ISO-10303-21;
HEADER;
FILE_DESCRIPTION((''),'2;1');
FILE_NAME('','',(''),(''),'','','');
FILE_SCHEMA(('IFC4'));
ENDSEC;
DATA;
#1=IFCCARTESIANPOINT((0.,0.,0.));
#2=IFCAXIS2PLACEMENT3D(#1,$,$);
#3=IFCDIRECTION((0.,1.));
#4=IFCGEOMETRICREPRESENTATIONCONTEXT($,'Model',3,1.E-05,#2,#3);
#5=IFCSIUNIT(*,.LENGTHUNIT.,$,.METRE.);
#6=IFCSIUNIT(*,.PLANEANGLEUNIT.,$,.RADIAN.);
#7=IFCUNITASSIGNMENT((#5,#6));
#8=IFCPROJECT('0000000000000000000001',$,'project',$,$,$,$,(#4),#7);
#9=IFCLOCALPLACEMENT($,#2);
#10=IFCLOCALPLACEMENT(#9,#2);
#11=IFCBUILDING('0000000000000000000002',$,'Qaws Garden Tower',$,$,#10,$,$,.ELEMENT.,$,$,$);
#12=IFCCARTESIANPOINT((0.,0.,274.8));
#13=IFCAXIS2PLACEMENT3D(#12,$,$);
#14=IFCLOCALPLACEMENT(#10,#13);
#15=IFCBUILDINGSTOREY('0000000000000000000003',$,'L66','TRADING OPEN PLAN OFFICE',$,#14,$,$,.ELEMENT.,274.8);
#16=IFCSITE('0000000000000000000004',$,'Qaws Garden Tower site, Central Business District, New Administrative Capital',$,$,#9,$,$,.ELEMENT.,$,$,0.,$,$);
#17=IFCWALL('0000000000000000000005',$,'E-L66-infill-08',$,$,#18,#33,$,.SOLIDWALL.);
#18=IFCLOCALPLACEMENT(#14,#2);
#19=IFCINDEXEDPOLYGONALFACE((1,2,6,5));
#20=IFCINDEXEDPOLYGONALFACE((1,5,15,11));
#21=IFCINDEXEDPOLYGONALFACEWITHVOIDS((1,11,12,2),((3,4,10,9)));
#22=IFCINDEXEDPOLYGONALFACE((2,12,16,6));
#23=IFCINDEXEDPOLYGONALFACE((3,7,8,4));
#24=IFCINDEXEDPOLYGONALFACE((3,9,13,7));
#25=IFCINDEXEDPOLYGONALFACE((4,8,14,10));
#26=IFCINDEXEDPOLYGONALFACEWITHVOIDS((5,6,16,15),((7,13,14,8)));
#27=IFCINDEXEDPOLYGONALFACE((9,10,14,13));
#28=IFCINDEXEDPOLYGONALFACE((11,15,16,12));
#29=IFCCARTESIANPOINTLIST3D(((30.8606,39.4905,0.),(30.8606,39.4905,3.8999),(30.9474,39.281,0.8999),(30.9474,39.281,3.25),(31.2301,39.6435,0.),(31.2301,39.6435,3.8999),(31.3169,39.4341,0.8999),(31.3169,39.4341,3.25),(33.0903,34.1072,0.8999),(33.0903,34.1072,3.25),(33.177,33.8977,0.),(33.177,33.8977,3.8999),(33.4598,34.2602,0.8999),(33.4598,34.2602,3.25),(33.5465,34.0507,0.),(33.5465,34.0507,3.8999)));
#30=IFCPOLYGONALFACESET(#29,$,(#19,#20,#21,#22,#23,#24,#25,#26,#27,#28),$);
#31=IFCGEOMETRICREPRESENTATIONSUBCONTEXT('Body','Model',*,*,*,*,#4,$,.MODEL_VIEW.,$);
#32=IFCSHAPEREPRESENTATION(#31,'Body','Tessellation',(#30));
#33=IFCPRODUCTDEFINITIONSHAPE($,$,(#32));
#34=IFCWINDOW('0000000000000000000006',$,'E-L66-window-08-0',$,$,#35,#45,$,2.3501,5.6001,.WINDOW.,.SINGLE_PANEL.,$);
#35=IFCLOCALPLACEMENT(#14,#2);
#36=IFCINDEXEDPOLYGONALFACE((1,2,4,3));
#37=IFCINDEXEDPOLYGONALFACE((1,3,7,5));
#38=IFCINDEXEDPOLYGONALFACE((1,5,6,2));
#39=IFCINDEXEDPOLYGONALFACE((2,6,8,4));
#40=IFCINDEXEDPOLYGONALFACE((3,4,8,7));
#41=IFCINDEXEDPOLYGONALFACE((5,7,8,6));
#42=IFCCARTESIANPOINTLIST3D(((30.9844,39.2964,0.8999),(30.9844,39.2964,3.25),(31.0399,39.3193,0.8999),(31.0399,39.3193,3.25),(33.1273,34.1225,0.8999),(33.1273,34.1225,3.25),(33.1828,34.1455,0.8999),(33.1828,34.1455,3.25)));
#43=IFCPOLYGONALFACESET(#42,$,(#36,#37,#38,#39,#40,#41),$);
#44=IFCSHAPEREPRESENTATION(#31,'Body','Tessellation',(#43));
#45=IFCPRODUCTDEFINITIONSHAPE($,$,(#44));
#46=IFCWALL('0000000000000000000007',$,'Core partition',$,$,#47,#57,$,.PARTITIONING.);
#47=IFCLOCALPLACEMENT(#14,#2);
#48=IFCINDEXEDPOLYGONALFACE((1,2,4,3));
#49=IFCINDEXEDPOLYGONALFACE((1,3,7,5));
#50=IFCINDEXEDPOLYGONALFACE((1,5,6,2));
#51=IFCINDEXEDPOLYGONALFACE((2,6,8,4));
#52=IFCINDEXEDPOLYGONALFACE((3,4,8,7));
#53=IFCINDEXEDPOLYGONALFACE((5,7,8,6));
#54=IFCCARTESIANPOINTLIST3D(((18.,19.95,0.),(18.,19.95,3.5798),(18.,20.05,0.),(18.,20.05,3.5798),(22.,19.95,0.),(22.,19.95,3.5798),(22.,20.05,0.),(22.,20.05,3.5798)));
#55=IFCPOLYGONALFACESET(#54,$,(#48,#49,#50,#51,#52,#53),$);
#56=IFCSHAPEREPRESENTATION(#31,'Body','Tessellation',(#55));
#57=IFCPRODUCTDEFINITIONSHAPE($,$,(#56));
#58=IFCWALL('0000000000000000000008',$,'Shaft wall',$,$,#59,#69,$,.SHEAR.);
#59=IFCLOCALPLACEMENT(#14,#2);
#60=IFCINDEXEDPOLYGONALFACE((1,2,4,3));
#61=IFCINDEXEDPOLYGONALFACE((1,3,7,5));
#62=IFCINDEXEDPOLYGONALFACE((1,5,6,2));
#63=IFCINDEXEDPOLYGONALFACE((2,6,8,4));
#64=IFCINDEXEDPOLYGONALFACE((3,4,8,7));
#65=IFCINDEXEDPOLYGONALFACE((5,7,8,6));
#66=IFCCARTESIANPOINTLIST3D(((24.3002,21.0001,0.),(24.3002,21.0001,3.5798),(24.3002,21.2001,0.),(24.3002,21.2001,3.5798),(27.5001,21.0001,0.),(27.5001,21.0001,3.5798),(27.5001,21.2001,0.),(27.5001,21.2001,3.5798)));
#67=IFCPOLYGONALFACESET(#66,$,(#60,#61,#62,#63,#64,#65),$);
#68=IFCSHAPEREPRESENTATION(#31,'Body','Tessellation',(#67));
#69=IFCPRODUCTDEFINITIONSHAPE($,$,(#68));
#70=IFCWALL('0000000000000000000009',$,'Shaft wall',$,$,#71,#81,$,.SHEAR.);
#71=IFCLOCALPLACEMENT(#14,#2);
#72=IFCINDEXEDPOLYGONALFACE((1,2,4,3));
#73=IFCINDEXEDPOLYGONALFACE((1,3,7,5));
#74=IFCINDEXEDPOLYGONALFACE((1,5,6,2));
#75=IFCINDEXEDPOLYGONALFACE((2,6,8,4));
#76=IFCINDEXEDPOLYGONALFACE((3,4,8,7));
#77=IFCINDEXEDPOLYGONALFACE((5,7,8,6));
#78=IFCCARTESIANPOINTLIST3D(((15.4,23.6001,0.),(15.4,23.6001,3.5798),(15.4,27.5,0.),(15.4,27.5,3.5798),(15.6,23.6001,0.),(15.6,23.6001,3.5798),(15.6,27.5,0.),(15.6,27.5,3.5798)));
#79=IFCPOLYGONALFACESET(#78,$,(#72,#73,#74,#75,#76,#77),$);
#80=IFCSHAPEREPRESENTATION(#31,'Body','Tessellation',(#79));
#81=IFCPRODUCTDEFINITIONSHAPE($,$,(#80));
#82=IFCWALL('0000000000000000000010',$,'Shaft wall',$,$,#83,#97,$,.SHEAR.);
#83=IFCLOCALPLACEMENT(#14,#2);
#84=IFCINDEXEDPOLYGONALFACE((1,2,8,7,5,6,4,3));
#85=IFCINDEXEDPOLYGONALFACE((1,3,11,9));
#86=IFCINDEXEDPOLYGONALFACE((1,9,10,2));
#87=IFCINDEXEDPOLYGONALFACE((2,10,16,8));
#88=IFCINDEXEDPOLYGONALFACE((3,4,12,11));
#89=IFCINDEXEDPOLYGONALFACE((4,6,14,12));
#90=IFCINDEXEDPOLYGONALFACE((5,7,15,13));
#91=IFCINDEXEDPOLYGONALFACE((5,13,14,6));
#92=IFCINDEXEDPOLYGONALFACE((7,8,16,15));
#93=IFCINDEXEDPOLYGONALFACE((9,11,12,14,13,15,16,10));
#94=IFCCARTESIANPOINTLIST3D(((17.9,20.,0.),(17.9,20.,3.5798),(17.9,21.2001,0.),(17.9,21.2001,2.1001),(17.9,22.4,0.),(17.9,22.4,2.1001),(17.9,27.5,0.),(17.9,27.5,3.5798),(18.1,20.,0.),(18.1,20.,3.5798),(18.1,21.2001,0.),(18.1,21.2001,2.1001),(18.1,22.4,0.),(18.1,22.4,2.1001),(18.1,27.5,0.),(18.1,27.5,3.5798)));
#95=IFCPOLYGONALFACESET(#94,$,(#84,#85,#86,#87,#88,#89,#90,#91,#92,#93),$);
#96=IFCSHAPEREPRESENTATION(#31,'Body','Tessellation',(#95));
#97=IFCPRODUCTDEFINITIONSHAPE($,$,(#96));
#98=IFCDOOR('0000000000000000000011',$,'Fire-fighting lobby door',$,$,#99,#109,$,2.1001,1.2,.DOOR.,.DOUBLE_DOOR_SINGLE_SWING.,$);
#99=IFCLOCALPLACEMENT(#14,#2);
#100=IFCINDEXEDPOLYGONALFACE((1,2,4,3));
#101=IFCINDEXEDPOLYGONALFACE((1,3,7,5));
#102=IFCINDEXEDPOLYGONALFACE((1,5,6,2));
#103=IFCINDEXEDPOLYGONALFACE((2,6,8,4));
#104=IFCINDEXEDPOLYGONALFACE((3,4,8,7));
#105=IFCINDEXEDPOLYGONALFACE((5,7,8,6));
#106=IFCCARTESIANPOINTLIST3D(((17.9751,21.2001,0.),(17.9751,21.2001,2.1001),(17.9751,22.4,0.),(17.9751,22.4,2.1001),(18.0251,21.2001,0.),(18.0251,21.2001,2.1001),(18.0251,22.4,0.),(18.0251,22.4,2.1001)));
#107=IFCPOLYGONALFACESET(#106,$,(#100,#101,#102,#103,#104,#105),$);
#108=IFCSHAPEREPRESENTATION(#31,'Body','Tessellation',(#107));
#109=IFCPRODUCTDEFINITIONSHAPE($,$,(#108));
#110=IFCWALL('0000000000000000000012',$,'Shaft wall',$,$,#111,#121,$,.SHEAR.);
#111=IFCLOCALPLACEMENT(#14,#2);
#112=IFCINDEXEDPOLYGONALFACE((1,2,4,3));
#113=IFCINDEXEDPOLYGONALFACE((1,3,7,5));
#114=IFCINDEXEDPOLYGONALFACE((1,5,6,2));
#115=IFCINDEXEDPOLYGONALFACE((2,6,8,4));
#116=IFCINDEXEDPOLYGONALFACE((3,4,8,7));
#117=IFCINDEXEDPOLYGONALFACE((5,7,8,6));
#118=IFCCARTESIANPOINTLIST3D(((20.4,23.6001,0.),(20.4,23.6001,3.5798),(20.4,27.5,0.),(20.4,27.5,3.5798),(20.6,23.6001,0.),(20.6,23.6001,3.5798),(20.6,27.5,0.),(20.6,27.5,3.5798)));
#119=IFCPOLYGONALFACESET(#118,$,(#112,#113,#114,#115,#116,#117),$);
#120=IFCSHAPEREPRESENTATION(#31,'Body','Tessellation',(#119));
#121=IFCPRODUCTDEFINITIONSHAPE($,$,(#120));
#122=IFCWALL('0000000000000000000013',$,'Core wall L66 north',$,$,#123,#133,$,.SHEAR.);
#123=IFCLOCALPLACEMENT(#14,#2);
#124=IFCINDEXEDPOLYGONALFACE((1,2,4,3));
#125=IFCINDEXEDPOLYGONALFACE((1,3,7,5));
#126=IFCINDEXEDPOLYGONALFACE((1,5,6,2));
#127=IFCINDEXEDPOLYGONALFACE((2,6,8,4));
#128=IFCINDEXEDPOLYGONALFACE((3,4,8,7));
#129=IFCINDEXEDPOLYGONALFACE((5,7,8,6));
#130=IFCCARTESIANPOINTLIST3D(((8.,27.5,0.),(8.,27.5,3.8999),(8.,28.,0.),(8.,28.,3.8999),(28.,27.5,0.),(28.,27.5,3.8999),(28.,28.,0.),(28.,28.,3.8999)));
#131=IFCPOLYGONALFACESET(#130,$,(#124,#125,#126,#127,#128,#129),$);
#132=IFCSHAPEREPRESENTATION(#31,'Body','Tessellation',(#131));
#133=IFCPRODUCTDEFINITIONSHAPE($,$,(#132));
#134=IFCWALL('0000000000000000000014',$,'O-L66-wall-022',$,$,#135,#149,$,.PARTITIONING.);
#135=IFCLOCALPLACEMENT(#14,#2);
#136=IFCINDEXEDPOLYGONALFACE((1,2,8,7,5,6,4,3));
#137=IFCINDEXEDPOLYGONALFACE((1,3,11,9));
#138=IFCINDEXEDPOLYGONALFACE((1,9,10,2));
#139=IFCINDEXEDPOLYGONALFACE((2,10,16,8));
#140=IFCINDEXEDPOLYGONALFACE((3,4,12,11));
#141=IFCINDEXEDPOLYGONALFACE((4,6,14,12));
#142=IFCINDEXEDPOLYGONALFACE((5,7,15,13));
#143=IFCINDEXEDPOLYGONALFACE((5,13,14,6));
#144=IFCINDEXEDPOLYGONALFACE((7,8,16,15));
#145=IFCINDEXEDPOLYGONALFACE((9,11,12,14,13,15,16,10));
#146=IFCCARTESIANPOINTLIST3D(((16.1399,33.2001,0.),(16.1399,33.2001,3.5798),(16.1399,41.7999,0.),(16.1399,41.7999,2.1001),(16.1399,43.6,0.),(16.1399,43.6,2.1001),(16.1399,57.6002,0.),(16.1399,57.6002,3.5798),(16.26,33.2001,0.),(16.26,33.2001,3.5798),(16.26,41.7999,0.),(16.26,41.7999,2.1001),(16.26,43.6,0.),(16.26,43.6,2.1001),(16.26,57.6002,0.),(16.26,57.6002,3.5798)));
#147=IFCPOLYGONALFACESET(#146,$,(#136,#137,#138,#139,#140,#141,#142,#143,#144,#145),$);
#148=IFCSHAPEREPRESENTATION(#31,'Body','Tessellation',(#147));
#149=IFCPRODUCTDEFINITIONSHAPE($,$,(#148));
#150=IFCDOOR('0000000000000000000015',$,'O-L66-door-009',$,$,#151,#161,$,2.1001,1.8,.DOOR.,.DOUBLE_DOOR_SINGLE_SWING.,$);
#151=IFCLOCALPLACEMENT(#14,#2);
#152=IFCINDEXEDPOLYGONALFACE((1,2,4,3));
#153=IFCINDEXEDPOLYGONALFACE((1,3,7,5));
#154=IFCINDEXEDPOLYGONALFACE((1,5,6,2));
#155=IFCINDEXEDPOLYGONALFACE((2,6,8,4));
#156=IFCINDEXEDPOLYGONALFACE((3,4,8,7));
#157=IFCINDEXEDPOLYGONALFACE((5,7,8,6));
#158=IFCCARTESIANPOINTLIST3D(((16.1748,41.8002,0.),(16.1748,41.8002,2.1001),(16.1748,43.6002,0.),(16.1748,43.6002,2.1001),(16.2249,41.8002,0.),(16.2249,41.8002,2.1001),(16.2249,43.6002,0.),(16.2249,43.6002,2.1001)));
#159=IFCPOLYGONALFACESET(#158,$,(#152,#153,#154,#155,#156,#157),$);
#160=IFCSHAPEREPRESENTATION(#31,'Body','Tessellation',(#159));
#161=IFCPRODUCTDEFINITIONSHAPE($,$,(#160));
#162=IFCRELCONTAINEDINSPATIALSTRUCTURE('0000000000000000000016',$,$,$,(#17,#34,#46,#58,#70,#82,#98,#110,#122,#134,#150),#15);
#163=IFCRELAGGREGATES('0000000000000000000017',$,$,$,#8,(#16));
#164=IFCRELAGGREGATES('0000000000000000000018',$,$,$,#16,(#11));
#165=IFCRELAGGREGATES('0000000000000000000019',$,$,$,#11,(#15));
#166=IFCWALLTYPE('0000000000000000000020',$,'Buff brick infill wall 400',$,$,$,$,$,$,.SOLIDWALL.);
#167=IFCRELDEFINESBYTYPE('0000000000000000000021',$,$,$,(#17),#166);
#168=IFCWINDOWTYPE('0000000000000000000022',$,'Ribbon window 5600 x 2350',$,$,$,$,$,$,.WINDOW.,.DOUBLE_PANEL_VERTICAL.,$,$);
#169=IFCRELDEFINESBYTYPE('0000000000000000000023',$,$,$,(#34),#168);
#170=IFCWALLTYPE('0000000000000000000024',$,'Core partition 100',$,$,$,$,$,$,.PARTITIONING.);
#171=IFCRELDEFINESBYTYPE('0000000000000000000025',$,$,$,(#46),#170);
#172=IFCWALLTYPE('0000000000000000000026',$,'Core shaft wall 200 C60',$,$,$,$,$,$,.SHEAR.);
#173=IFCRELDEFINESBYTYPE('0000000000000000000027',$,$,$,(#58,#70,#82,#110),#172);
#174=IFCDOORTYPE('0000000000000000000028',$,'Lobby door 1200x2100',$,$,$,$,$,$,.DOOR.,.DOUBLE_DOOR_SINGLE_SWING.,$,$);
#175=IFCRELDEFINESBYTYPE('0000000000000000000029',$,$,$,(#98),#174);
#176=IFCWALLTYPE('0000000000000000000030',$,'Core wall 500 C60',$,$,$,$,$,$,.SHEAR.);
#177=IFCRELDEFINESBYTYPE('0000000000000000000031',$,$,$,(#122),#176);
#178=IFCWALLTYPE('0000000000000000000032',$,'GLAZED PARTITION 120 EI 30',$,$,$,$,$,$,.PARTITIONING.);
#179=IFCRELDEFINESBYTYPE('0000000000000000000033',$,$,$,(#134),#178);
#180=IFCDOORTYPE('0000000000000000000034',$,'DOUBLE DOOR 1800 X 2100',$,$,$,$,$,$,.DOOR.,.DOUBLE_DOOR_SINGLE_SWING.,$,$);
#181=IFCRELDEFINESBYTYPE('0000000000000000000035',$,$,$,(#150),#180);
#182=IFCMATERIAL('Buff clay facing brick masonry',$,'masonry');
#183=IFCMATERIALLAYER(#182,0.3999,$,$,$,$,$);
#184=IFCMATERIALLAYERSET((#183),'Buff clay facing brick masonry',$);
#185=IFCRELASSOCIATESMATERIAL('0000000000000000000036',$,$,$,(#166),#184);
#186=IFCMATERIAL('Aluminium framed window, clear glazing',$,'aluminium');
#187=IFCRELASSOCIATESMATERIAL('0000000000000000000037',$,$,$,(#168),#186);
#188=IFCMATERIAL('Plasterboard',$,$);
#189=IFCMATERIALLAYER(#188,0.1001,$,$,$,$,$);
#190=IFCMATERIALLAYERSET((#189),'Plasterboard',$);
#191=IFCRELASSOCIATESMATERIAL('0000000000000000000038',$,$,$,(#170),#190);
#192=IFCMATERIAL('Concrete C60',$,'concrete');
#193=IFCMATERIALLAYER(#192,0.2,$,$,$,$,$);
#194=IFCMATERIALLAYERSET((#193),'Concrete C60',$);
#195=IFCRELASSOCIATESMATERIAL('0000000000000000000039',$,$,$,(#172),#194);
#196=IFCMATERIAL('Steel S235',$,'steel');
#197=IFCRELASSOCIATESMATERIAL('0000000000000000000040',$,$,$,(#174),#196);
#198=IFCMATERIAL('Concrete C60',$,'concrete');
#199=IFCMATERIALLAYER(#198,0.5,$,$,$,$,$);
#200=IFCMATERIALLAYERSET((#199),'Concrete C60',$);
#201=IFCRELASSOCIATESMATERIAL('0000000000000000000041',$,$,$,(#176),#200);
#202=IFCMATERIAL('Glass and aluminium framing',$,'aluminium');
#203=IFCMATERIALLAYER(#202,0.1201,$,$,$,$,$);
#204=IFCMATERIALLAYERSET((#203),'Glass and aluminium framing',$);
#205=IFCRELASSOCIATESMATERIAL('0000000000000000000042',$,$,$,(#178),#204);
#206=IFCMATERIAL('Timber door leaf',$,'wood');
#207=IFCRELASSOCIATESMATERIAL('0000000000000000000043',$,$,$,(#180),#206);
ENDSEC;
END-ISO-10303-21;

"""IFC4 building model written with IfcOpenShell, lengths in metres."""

from ifc_helpers import new_model, si_unit, direction, frame, frame_2d, origin, place, context, subcontext, project, spatial, rectangle, extrude, material, layer, layer_set, type_object, element, fill, save


model = new_model("IFC4")

# Units and contexts
model_context = context("Model", 3, precision=1e-05, world=origin(), true_north=direction((0.0, 1.0)))
body_context = subcontext(model_context, "Body", "Model", "MODEL_VIEW")
ifc_project = project(units=[si_unit("LENGTHUNIT", "METRE"), si_unit("PLANEANGLEUNIT", "RADIAN")], contexts=[model_context])

# Site, building, storey
site_placement = place(None, origin())
site = spatial("IfcSite", under=ifc_project, at=site_placement, Name="Qaws Garden Tower site, Central Business District, New Administrative Capital", CompositionType="ELEMENT", RefElevation=0.0)
building_placement = place(site_placement, origin())
building = spatial("IfcBuilding", under=site, at=building_placement, Name="Qaws Garden Tower", CompositionType="ELEMENT")
storey_placement = place(building_placement, frame((0.0, 0.0, 274.8)))
storey = spatial("IfcBuildingStorey", under=building, at=storey_placement, Name="L66", Description="TRADING OPEN PLAN OFFICE", CompositionType="ELEMENT", Elevation=274.8)

# Wall, opening, window
ifc_material_1 = material(Name="Buff clay facing brick masonry", Category="masonry")
ifc_layer_1 = layer(ifc_material_1, 0.3999)
ifc_layer_set_1 = layer_set([ifc_layer_1], Name="Buff clay facing brick masonry")
wall_type_1 = type_object("IfcWallType", Name="Buff brick infill wall 400", PredefinedType="SOLIDWALL", material=ifc_layer_set_1)
ifc_material_2 = material(Name="Aluminium framed window, clear glazing", Category="aluminium")
window_type_1 = type_object("IfcWindowType", Name="Ribbon window 5600 x 2350", PartitioningType="DOUBLE_PANEL_VERTICAL", PredefinedType="WINDOW", material=ifc_material_2)
wall_1_placement = place(storey_placement, frame((33.3618, 33.9741, 0.0), z_axis=(0.0, 0.0, 1.0), x_axis=(-0.382656, 0.923891, 0.0)))
wall_1 = element("IfcWall", 1, at=wall_1_placement, inside=storey, type_object=wall_type_1, Name="E-L66-infill-08", PredefinedType="SOLIDWALL", context=body_context, shape_type="SweptSolid", body=[
    extrude(rectangle(XDim=6.0535, YDim=0.3999, at=frame_2d((3.0269, 0.0))), origin(), (0.0, 0.0, 1.0), 3.8999),
])
opening_1_placement = place(wall_1_placement, frame((0.2268, 0.0, 0.8999)))
opening_1 = element("IfcOpeningElement", 2, at=opening_1_placement, cuts=wall_1, PredefinedType="OPENING", context=body_context, shape_type="SweptSolid", body=[
    extrude(rectangle(XDim=5.6001, YDim=2.3501, at=frame_2d((2.8, 1.175))), frame((0.0, 0.21, 0.0), z_axis=(0.0, -1.0, 0.0), x_axis=(1.0, 0.0, 0.0)), (0.0, 0.0, 1.0), 0.4199),
])
window_1_placement = place(opening_1_placement, origin())
window_1 = element("IfcWindow", 3, at=window_1_placement, inside=storey, type_object=window_type_1, Name="E-L66-window-08-0", OverallHeight=2.3501, OverallWidth=5.6001, PartitioningType="SINGLE_PANEL", PredefinedType="WINDOW", context=body_context, shape_type="SweptSolid", body=[
    extrude(rectangle(XDim=5.6001, YDim=2.3501, at=frame_2d((2.8, 1.175))), frame((0.0, 0.1599, 0.0), z_axis=(0.0, -1.0, 0.0), x_axis=(1.0, 0.0, 0.0)), (0.0, 0.0, 1.0), 0.0601),
])
fill(opening_1, window_1)

# Walls
ifc_material_3 = material(Name="Plasterboard")
ifc_layer_2 = layer(ifc_material_3, 0.1001)
ifc_layer_set_2 = layer_set([ifc_layer_2], Name="Plasterboard")
wall_type_2 = type_object("IfcWallType", Name="Core partition 100", PredefinedType="PARTITIONING", material=ifc_layer_set_2)
wall_2_placement = place(storey_placement, frame((18.0, 20.0, 0.0), z_axis=(0.0, 0.0, 1.0), x_axis=(1.0, 0.0, 0.0)))
element("IfcWall", 4, at=wall_2_placement, inside=storey, type_object=wall_type_2, Name="Core partition", PredefinedType="PARTITIONING", context=body_context, shape_type="SweptSolid", body=[
    extrude(rectangle(XDim=4.0, YDim=0.1001, at=frame_2d((2.0, 0.0))), origin(), (0.0, 0.0, 1.0), 3.5798),
])
ifc_material_4 = material(Name="Concrete C60", Category="concrete")
ifc_layer_3 = layer(ifc_material_4, 0.2)
ifc_layer_set_3 = layer_set([ifc_layer_3], Name="Concrete C60")
wall_type_3 = type_object("IfcWallType", Name="Core shaft wall 200 C60", PredefinedType="SHEAR", material=ifc_layer_set_3)
wall_3_placement = place(storey_placement, frame((24.3, 21.1001, 0.0), z_axis=(0.0, 0.0, 1.0), x_axis=(1.0, 0.0, 0.0)))
element("IfcWall", 5, at=wall_3_placement, inside=storey, type_object=wall_type_3, Name="Shaft wall", PredefinedType="SHEAR", context=body_context, shape_type="SweptSolid", body=[
    extrude(rectangle(XDim=3.2, YDim=0.2, at=frame_2d((1.6001, 0.0))), origin(), (0.0, 0.0, 1.0), 3.5798),
])
wall_4_placement = place(storey_placement, frame((15.5, 23.6001, 0.0), z_axis=(0.0, 0.0, 1.0), x_axis=(0.0, 1.0, 0.0)))
element("IfcWall", 6, at=wall_4_placement, inside=storey, type_object=wall_type_3, Name="Shaft wall", PredefinedType="SHEAR", context=body_context, shape_type="SweptSolid", body=[
    extrude(rectangle(XDim=3.8999, YDim=0.2, at=frame_2d((1.95, 0.0))), origin(), (0.0, 0.0, 1.0), 3.5798),
])

# Wall, opening, door
wall_5_placement = place(storey_placement, frame((18.0, 20.0, 0.0), z_axis=(0.0, 0.0, 1.0), x_axis=(0.0, 1.0, 0.0)))
wall_5 = element("IfcWall", 7, at=wall_5_placement, inside=storey, type_object=wall_type_3, Name="Shaft wall", PredefinedType="SHEAR", context=body_context, shape_type="SweptSolid", body=[
    extrude(rectangle(XDim=7.5, YDim=0.2, at=frame_2d((3.75, 0.0))), origin(), (0.0, 0.0, 1.0), 3.5798),
])
opening_2_placement = place(wall_5_placement, frame((1.2, 0.0, 0.0)))
opening_2 = element("IfcOpeningElement", 8, at=opening_2_placement, cuts=wall_5, PredefinedType="OPENING", context=body_context, shape_type="SweptSolid", body=[
    extrude(rectangle(XDim=1.2, YDim=2.1001, at=frame_2d((0.6001, 1.05))), frame((0.0, 0.1099, 0.0), z_axis=(0.0, -1.0, 0.0), x_axis=(1.0, 0.0, 0.0)), (0.0, 0.0, 1.0), 0.22),
])
ifc_material_5 = material(Name="Steel S235", Category="steel")
door_type_1 = type_object("IfcDoorType", Name="Lobby door 1200x2100", OperationType="DOUBLE_DOOR_SINGLE_SWING", PredefinedType="DOOR", material=ifc_material_5)
door_1_placement = place(opening_2_placement, origin())
door_1 = element("IfcDoor", 9, at=door_1_placement, inside=storey, type_object=door_type_1, Name="Fire-fighting lobby door", OperationType="DOUBLE_DOOR_SINGLE_SWING", OverallHeight=2.1001, OverallWidth=1.2, PredefinedType="DOOR", context=body_context, shape_type="SweptSolid", body=[
    extrude(rectangle(XDim=1.2, YDim=2.1001, at=frame_2d((0.6001, 1.05))), frame((0.0, 0.0249, 0.0), z_axis=(0.0, -1.0, 0.0), x_axis=(1.0, 0.0, 0.0)), (0.0, 0.0, 1.0), 0.05),
])
fill(opening_2, door_1)

# Walls
wall_6_placement = place(storey_placement, frame((20.5, 23.6001, 0.0), z_axis=(0.0, 0.0, 1.0), x_axis=(0.0, 1.0, 0.0)))
element("IfcWall", 10, at=wall_6_placement, inside=storey, type_object=wall_type_3, Name="Shaft wall", PredefinedType="SHEAR", context=body_context, shape_type="SweptSolid", body=[
    extrude(rectangle(XDim=3.8999, YDim=0.2, at=frame_2d((1.95, 0.0))), origin(), (0.0, 0.0, 1.0), 3.5798),
])
ifc_material_6 = material(Name="Concrete C60", Category="concrete")
ifc_layer_4 = layer(ifc_material_6, 0.5)
ifc_layer_set_4 = layer_set([ifc_layer_4], Name="Concrete C60")
wall_type_4 = type_object("IfcWallType", Name="Core wall 500 C60", PredefinedType="SHEAR", material=ifc_layer_set_4)
wall_7_placement = place(storey_placement, frame((28.0, 27.75, 0.0), z_axis=(0.0, 0.0, 1.0), x_axis=(-1.0, 0.0, 0.0)))
element("IfcWall", 11, at=wall_7_placement, inside=storey, type_object=wall_type_4, Name="Core wall L66 north", PredefinedType="SHEAR", context=body_context, shape_type="SweptSolid", body=[
    extrude(rectangle(XDim=20.0, YDim=0.5, at=frame_2d((10.0, 0.0))), origin(), (0.0, 0.0, 1.0), 3.8999),
])

# Wall, opening, door
ifc_material_7 = material(Name="Glass and aluminium framing", Category="aluminium")
ifc_layer_5 = layer(ifc_material_7, 0.1201)
ifc_layer_set_5 = layer_set([ifc_layer_5], Name="Glass and aluminium framing")
wall_type_5 = type_object("IfcWallType", Name="GLAZED PARTITION 120 EI 30", PredefinedType="PARTITIONING", material=ifc_layer_set_5)
wall_8_placement = place(storey_placement, frame((16.2, 33.2, 0.0), z_axis=(0.0, 0.0, 1.0), x_axis=(0.0, 1.0, 0.0)))
wall_8 = element("IfcWall", 12, at=wall_8_placement, inside=storey, type_object=wall_type_5, Name="O-L66-wall-022", PredefinedType="PARTITIONING", context=body_context, shape_type="SweptSolid", body=[
    extrude(rectangle(XDim=24.4001, YDim=0.1201, at=frame_2d((12.2002, 0.0))), origin(), (0.0, 0.0, 1.0), 3.5798),
])
opening_3_placement = place(wall_8_placement, frame((8.6001, 0.0, 0.0)))
opening_3 = element("IfcOpeningElement", 13, at=opening_3_placement, cuts=wall_8, PredefinedType="OPENING", context=body_context, shape_type="SweptSolid", body=[
    extrude(rectangle(XDim=1.8, YDim=2.1001, at=frame_2d((0.8999, 1.05))), frame((0.0, 0.0701, 0.0), z_axis=(0.0, -1.0, 0.0), x_axis=(1.0, 0.0, 0.0)), (0.0, 0.0, 1.0), 0.1401),
])
ifc_material_8 = material(Name="Timber door leaf", Category="wood")
door_type_2 = type_object("IfcDoorType", Name="DOUBLE DOOR 1800 X 2100", OperationType="DOUBLE_DOOR_SINGLE_SWING", PredefinedType="DOOR", material=ifc_material_8)
door_2_placement = place(opening_3_placement, frame((1.8, 0.0, 0.0), z_axis=(0.0, 0.0, 1.0), x_axis=(-1.0, 0.0, 0.0)))
door_2 = element("IfcDoor", 14, at=door_2_placement, inside=storey, type_object=door_type_2, Name="O-L66-door-009", OperationType="DOUBLE_DOOR_SINGLE_SWING", OverallHeight=2.1001, OverallWidth=1.8, PredefinedType="DOOR", context=body_context, shape_type="SweptSolid", body=[
    extrude(rectangle(XDim=1.8, YDim=2.1001, at=frame_2d((0.8999, 1.05))), frame((0.0, 0.0249, 0.0), z_axis=(0.0, -1.0, 0.0), x_axis=(1.0, 0.0, 0.0)), (0.0, 0.0, 1.0), 0.05),
])
fill(opening_3, door_2)

save(model, "model.ifc")
